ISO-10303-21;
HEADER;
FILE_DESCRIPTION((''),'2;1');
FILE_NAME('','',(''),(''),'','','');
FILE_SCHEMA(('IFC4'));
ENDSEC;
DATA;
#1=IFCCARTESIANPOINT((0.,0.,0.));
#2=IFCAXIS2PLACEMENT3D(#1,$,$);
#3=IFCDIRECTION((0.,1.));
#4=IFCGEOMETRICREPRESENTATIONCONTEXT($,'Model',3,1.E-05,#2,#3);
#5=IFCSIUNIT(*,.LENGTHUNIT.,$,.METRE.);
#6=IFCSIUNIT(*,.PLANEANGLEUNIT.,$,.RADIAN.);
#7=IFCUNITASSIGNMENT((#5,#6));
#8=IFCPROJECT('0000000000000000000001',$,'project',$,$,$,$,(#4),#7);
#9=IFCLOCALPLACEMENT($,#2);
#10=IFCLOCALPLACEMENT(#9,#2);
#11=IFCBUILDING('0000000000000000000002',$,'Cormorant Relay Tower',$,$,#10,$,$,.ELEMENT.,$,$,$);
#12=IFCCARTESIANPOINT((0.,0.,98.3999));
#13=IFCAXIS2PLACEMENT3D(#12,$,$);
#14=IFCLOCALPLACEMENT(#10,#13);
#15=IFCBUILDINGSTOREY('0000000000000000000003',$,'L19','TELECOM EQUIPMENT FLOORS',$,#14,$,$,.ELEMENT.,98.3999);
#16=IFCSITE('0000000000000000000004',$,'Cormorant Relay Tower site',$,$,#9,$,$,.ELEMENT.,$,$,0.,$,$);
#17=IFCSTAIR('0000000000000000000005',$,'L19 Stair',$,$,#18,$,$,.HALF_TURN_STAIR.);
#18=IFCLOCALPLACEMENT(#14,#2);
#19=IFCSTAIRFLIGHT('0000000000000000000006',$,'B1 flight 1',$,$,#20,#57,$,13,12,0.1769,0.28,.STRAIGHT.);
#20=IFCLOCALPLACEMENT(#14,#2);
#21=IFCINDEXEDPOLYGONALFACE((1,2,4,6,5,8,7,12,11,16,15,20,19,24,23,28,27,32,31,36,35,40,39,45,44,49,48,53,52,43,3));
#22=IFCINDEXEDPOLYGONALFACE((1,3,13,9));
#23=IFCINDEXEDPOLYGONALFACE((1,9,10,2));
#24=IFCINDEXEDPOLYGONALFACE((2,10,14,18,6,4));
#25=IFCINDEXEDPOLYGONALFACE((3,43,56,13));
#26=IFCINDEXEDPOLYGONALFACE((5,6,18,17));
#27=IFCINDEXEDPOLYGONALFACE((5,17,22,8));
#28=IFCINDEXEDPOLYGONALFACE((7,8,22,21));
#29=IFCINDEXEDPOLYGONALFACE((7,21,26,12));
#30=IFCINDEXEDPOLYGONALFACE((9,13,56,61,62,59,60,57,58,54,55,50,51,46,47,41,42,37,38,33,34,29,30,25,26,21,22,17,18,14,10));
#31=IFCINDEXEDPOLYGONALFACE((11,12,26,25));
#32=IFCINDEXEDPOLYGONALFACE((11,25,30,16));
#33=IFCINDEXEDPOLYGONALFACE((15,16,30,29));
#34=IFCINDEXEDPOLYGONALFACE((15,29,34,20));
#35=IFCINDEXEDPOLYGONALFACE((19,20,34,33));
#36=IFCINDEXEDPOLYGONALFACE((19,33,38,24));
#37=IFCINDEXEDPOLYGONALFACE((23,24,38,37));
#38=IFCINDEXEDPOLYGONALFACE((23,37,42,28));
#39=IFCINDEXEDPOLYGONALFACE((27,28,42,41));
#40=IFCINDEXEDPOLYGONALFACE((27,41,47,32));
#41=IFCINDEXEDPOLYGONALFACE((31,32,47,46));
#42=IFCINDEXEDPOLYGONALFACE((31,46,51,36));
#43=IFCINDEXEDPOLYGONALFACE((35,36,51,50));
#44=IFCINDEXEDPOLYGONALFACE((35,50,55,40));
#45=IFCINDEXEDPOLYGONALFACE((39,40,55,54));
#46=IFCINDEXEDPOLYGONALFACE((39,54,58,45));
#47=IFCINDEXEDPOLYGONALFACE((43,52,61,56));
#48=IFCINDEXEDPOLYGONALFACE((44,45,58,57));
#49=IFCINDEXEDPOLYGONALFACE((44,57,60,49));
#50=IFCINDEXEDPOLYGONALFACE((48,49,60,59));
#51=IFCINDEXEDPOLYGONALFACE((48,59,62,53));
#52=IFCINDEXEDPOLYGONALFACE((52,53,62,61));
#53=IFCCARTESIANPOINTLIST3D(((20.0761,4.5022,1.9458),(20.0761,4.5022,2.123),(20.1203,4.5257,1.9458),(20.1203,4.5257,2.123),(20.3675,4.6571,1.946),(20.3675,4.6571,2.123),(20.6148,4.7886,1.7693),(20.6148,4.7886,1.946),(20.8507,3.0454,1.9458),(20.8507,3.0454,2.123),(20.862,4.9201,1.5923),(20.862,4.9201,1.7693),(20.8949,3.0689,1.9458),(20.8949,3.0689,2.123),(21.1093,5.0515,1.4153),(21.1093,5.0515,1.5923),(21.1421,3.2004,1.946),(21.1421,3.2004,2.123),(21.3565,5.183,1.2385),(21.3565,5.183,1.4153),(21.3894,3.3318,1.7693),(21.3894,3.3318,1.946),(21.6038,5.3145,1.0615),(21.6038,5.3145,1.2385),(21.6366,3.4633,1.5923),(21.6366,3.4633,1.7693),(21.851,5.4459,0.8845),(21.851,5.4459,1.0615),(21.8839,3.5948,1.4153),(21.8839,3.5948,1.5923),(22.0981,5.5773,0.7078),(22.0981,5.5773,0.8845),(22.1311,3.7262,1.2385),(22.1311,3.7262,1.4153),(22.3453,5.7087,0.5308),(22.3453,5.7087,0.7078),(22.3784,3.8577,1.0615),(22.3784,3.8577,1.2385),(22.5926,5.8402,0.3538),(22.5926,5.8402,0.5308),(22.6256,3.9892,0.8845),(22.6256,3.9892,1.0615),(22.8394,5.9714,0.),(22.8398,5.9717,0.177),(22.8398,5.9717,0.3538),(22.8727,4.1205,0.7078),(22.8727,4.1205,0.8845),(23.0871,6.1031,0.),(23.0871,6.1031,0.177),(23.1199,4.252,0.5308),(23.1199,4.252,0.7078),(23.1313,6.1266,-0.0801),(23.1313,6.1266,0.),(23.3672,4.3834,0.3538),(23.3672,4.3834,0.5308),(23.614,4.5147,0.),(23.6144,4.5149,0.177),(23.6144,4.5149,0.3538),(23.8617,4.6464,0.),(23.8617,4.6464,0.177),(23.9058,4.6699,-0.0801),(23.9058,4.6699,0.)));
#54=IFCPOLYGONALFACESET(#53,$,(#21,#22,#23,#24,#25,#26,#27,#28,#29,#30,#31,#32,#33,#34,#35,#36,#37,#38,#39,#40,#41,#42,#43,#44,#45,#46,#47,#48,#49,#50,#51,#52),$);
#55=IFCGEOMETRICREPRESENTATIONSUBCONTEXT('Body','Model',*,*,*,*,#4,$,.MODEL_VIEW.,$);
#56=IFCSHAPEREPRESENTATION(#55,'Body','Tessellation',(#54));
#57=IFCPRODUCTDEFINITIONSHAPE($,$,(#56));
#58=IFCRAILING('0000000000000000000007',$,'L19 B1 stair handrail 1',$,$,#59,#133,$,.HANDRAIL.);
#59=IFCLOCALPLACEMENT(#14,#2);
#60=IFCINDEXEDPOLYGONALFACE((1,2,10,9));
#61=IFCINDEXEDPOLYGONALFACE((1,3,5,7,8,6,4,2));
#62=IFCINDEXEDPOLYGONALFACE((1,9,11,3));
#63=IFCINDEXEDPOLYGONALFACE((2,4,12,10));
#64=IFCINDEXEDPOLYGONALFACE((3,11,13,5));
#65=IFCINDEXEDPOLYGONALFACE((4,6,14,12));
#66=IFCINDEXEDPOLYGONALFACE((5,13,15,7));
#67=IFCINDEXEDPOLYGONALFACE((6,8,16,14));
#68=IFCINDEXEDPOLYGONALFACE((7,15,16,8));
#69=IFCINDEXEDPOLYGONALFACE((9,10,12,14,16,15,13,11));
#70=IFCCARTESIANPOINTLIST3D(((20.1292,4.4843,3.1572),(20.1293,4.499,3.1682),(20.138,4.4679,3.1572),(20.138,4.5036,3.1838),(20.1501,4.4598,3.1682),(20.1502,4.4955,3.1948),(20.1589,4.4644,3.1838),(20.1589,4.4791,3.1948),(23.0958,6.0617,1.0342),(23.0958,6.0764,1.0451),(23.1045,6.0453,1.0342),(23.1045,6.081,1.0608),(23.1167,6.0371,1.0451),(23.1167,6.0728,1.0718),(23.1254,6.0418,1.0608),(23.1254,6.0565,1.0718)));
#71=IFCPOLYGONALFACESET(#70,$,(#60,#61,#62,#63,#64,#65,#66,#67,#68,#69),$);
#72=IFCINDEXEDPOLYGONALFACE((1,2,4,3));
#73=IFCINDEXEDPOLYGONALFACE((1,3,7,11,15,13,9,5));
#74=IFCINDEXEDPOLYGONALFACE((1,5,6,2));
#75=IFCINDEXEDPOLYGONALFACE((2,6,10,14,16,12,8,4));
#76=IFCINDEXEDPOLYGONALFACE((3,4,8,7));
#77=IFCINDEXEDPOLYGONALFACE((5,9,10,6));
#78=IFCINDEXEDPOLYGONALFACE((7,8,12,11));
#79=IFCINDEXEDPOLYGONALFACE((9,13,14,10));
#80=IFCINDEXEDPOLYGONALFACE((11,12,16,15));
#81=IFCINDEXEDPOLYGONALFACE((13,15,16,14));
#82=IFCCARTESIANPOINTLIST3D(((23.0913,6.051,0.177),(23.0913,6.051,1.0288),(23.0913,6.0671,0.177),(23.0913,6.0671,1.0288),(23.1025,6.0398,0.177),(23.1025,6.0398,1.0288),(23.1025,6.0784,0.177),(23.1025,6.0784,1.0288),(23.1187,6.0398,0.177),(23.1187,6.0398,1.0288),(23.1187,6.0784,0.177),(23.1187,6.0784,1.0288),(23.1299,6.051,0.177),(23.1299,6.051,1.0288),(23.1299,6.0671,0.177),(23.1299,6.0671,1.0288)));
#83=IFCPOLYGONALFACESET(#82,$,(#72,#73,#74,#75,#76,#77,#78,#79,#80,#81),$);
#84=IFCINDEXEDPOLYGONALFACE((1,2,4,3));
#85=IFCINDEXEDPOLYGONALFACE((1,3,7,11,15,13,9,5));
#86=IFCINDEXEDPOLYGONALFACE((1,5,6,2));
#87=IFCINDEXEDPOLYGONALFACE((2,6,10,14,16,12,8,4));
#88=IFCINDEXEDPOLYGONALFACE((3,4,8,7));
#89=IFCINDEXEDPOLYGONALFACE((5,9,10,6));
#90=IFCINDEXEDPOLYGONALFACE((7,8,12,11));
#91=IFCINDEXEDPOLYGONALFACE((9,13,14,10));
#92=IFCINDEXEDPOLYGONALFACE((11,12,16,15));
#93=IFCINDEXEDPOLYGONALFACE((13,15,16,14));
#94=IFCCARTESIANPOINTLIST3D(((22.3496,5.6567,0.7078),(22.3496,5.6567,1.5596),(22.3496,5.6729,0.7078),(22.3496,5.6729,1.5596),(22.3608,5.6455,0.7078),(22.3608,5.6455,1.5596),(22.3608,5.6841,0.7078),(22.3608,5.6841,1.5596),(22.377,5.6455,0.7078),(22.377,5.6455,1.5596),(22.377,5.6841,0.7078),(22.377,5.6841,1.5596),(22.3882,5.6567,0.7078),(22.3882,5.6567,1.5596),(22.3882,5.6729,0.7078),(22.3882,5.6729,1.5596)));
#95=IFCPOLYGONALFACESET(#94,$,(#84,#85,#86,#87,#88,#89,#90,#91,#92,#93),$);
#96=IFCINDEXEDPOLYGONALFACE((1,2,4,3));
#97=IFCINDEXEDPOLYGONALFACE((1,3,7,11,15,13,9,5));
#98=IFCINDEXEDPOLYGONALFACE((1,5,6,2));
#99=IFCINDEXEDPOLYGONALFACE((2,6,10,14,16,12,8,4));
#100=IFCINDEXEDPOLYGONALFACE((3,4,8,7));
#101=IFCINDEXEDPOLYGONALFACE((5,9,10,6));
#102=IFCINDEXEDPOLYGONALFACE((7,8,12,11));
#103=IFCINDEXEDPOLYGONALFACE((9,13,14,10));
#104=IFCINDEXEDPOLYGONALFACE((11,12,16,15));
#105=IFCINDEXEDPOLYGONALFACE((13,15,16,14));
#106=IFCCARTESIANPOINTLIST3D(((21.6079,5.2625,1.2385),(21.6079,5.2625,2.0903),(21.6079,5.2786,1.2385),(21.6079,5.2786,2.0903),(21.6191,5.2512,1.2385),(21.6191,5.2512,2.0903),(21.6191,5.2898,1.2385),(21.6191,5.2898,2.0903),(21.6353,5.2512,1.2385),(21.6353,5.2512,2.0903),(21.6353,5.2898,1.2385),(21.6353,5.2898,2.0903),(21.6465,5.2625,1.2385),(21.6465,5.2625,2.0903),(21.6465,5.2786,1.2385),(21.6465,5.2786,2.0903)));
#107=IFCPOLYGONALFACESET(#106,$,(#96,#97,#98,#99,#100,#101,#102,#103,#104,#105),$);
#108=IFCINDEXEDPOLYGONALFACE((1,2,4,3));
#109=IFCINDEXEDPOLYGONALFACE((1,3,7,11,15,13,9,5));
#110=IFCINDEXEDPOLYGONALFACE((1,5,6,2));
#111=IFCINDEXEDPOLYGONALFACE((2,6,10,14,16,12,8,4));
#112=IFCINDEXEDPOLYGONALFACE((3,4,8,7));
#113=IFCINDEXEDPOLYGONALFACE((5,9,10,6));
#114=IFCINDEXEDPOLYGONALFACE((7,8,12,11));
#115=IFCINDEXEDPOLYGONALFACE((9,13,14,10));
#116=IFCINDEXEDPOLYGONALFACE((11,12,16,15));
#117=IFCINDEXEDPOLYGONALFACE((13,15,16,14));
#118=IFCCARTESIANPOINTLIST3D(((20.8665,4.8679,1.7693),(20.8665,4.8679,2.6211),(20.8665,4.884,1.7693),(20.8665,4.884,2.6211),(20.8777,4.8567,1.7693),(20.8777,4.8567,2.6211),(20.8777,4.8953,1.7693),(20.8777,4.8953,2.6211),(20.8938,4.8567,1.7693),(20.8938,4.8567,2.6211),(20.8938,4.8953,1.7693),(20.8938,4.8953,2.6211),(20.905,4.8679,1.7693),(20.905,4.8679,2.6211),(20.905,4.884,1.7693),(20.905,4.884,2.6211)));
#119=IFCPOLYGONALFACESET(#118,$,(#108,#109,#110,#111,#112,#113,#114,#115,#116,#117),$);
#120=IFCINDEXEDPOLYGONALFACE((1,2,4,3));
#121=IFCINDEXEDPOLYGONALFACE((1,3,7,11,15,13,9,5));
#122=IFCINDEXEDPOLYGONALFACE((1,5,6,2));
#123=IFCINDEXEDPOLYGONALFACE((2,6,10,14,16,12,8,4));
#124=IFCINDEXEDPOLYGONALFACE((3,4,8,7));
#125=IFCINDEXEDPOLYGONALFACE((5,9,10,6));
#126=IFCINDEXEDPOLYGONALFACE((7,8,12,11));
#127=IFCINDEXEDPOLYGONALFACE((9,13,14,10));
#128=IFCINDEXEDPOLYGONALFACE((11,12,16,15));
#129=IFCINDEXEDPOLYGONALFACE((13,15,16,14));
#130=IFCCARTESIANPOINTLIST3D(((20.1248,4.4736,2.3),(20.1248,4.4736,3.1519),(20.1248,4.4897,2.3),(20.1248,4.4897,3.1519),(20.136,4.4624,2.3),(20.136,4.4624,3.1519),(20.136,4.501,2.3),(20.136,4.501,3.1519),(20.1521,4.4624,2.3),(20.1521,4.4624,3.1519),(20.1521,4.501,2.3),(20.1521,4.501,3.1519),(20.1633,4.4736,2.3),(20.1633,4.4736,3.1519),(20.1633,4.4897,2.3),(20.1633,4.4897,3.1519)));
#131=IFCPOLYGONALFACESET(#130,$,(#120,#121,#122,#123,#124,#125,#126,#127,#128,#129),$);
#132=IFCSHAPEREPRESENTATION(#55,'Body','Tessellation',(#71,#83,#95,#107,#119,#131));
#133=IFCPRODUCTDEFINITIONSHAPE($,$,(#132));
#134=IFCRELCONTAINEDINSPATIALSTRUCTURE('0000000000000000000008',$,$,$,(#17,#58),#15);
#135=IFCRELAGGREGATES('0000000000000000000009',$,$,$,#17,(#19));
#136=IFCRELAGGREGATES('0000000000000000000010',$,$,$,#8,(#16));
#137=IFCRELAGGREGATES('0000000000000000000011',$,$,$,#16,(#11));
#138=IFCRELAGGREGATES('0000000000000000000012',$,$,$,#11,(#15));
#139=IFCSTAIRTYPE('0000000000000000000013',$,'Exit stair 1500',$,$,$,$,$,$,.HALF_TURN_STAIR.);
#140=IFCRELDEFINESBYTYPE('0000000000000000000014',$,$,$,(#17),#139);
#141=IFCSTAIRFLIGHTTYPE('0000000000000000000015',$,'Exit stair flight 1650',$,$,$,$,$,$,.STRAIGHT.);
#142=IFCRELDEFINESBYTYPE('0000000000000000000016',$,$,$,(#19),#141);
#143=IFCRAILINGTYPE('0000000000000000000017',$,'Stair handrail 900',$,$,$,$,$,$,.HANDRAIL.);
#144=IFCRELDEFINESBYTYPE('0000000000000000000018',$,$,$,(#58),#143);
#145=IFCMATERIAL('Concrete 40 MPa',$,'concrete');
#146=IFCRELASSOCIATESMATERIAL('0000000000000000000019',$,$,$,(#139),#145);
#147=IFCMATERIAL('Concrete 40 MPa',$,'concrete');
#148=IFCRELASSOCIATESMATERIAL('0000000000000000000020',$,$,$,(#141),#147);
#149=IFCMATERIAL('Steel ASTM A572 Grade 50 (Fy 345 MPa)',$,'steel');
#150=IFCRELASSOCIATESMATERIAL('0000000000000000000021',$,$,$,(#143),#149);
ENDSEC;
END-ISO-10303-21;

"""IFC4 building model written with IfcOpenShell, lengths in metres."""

from ifc_helpers import new_model, si_unit, direction, frame, origin, place, context, subcontext, project, spatial, polyline, outline, extrude, material, type_object, element, aggregate, save


model = new_model("IFC4")

# Units and contexts
model_context = context("Model", 3, precision=1e-05, world=origin(), true_north=direction((0.0, 1.0)))
body_context = subcontext(model_context, "Body", "Model", "MODEL_VIEW")
ifc_project = project(units=[si_unit("LENGTHUNIT", "METRE"), si_unit("PLANEANGLEUNIT", "RADIAN")], contexts=[model_context])

# Site, building, storey
site_placement = place(None, origin())
site = spatial("IfcSite", under=ifc_project, at=site_placement, Name="Cormorant Relay Tower site", CompositionType="ELEMENT", RefElevation=0.0)
building_placement = place(site_placement, origin())
building = spatial("IfcBuilding", under=site, at=building_placement, Name="Cormorant Relay Tower", CompositionType="ELEMENT")
storey_placement = place(building_placement, frame((0.0, 0.0, 98.3999)))
storey = spatial("IfcBuildingStorey", under=building, at=storey_placement, Name="L19", Description="TELECOM EQUIPMENT FLOORS", CompositionType="ELEMENT", Elevation=98.3999)

# Stair, stair flight
ifc_material_1 = material(Name="Concrete 40 MPa", Category="concrete")
stair_type = type_object("IfcStairType", Name="Exit stair 1500", PredefinedType="HALF_TURN_STAIR", material=ifc_material_1)
stair_placement = place(storey_placement, origin())
stair = element("IfcStair", 1, at=stair_placement, inside=storey, type_object=stair_type, Name="L19 Stair", PredefinedType="HALF_TURN_STAIR")
ifc_material_2 = material(Name="Concrete 40 MPa", Category="concrete")
stair_flight_type = type_object("IfcStairFlightType", Name="Exit stair flight 1650", PredefinedType="STRAIGHT", material=ifc_material_2)
stair_flight_placement = place(storey_placement, frame((23.4744, 5.3748, 0.0), z_axis=(0.0, 0.0, 1.0), x_axis=(-0.882948, -0.469472, 0.0)))
stair_flight = element("IfcStairFlight", 2, at=stair_flight_placement, type_object=stair_flight_type, Name="B1 flight 1", NumberOfRisers=13, NumberOfTreads=12, PredefinedType="STRAIGHT", RiserHeight=0.1769, TreadLength=0.28, context=body_context, shape_type="SweptSolid", body=[
    extrude(outline(polyline([(-0.05, -0.0801), (-0.05, 0.0), (0.0, 0.0), (0.0, 0.177), (0.28, 0.177), (0.28, 0.3538), (0.5601, 0.3538), (0.5601, 0.5308), (0.8401, 0.5308), (0.8401, 0.7078), (1.1201, 0.7078), (1.1201, 0.8845), (1.3999, 0.8845), (1.3999, 1.0615), (1.6799, 1.0615), (1.6799, 1.2385), (1.96, 1.2385), (1.96, 1.4153), (2.24, 1.4153), (2.24, 1.5923), (2.52, 1.5923), (2.52, 1.7693), (2.8, 1.7693), (2.8, 1.946), (3.0801, 1.946), (3.0801, 2.123), (3.3601, 2.123), (3.4102, 2.123), (3.4102, 1.9458), (3.3601, 1.9458), (0.2805, 0.0), (-0.05, -0.0801)])), frame((0.0, 0.825, 0.0), z_axis=(0.0, -1.0, 0.0), x_axis=(1.0, 0.0, 0.0)), (0.0, 0.0, 1.0), 1.6499),
])
aggregate(stair, [stair_flight])

# Railing
ifc_material_3 = material(Name="Steel ASTM A572 Grade 50 (Fy 345 MPa)", Category="steel")
railing_type = type_object("IfcRailingType", Name="Stair handrail 900", PredefinedType="HANDRAIL", material=ifc_material_3)
railing_placement = place(storey_placement, frame((23.1106, 6.0591, 0.177)))
element("IfcRailing", 3, at=railing_placement, inside=storey, type_object=railing_type, Name="L19 B1 stair handrail 1", PredefinedType="HANDRAIL", context=body_context, shape_type="SweptSolid", body=[
    extrude(outline(polyline([(0.0222, 0.0093), (0.0093, 0.0222), (-0.0093, 0.0222), (-0.0222, 0.0093), (-0.0222, -0.0093), (-0.0093, -0.0222), (0.0093, -0.0222), (0.0222, -0.0093), (0.0222, 0.0093)])), frame((0.0, 0.0, 0.876), z_axis=(-0.746413, -0.396887, 0.534179), x_axis=(0.469483, -0.882942, 0.0)), (0.0, 0.0, 1.0), 3.9744),
    extrude(outline(polyline([(0.0193, 0.0081), (0.0081, 0.0193), (-0.0081, 0.0193), (-0.0193, 0.0081), (-0.0193, -0.0081), (-0.0081, -0.0193), (0.0081, -0.0193), (0.0193, -0.0081), (0.0193, 0.0081)])), origin(), (0.0, 0.0, 1.0), 0.8518),
    extrude(outline(polyline([(0.0193, 0.0081), (0.0081, 0.0193), (-0.0081, 0.0193), (-0.0193, 0.0081), (-0.0193, -0.0081), (-0.0081, -0.0193), (0.0081, -0.0193), (0.0193, -0.0081), (0.0193, 0.0081)])), frame((-0.7417, -0.3943, 0.5308)), (0.0, 0.0, 1.0), 0.8518),
    extrude(outline(polyline([(0.0193, 0.0081), (0.0081, 0.0193), (-0.0081, 0.0193), (-0.0193, 0.0081), (-0.0193, -0.0081), (-0.0081, -0.0193), (0.0081, -0.0193), (0.0193, -0.0081), (0.0193, 0.0081)])), frame((-1.4834, -0.7886, 1.0615)), (0.0, 0.0, 1.0), 0.8518),
    extrude(outline(polyline([(0.0193, 0.0081), (0.0081, 0.0193), (-0.0081, 0.0193), (-0.0193, 0.0081), (-0.0193, -0.0081), (-0.0081, -0.0193), (0.0081, -0.0193), (0.0193, -0.0081), (0.0193, 0.0081)])), frame((-2.2249, -1.1831, 1.5923)), (0.0, 0.0, 1.0), 0.8518),
    extrude(outline(polyline([(0.0193, 0.0081), (0.0081, 0.0193), (-0.0081, 0.0193), (-0.0193, 0.0081), (-0.0193, -0.0081), (-0.0081, -0.0193), (0.0081, -0.0193), (0.0193, -0.0081), (0.0193, 0.0081)])), frame((-2.9666, -1.5774, 2.123)), (0.0, 0.0, 1.0), 0.8518),
])

save(model, "model.ifc")
